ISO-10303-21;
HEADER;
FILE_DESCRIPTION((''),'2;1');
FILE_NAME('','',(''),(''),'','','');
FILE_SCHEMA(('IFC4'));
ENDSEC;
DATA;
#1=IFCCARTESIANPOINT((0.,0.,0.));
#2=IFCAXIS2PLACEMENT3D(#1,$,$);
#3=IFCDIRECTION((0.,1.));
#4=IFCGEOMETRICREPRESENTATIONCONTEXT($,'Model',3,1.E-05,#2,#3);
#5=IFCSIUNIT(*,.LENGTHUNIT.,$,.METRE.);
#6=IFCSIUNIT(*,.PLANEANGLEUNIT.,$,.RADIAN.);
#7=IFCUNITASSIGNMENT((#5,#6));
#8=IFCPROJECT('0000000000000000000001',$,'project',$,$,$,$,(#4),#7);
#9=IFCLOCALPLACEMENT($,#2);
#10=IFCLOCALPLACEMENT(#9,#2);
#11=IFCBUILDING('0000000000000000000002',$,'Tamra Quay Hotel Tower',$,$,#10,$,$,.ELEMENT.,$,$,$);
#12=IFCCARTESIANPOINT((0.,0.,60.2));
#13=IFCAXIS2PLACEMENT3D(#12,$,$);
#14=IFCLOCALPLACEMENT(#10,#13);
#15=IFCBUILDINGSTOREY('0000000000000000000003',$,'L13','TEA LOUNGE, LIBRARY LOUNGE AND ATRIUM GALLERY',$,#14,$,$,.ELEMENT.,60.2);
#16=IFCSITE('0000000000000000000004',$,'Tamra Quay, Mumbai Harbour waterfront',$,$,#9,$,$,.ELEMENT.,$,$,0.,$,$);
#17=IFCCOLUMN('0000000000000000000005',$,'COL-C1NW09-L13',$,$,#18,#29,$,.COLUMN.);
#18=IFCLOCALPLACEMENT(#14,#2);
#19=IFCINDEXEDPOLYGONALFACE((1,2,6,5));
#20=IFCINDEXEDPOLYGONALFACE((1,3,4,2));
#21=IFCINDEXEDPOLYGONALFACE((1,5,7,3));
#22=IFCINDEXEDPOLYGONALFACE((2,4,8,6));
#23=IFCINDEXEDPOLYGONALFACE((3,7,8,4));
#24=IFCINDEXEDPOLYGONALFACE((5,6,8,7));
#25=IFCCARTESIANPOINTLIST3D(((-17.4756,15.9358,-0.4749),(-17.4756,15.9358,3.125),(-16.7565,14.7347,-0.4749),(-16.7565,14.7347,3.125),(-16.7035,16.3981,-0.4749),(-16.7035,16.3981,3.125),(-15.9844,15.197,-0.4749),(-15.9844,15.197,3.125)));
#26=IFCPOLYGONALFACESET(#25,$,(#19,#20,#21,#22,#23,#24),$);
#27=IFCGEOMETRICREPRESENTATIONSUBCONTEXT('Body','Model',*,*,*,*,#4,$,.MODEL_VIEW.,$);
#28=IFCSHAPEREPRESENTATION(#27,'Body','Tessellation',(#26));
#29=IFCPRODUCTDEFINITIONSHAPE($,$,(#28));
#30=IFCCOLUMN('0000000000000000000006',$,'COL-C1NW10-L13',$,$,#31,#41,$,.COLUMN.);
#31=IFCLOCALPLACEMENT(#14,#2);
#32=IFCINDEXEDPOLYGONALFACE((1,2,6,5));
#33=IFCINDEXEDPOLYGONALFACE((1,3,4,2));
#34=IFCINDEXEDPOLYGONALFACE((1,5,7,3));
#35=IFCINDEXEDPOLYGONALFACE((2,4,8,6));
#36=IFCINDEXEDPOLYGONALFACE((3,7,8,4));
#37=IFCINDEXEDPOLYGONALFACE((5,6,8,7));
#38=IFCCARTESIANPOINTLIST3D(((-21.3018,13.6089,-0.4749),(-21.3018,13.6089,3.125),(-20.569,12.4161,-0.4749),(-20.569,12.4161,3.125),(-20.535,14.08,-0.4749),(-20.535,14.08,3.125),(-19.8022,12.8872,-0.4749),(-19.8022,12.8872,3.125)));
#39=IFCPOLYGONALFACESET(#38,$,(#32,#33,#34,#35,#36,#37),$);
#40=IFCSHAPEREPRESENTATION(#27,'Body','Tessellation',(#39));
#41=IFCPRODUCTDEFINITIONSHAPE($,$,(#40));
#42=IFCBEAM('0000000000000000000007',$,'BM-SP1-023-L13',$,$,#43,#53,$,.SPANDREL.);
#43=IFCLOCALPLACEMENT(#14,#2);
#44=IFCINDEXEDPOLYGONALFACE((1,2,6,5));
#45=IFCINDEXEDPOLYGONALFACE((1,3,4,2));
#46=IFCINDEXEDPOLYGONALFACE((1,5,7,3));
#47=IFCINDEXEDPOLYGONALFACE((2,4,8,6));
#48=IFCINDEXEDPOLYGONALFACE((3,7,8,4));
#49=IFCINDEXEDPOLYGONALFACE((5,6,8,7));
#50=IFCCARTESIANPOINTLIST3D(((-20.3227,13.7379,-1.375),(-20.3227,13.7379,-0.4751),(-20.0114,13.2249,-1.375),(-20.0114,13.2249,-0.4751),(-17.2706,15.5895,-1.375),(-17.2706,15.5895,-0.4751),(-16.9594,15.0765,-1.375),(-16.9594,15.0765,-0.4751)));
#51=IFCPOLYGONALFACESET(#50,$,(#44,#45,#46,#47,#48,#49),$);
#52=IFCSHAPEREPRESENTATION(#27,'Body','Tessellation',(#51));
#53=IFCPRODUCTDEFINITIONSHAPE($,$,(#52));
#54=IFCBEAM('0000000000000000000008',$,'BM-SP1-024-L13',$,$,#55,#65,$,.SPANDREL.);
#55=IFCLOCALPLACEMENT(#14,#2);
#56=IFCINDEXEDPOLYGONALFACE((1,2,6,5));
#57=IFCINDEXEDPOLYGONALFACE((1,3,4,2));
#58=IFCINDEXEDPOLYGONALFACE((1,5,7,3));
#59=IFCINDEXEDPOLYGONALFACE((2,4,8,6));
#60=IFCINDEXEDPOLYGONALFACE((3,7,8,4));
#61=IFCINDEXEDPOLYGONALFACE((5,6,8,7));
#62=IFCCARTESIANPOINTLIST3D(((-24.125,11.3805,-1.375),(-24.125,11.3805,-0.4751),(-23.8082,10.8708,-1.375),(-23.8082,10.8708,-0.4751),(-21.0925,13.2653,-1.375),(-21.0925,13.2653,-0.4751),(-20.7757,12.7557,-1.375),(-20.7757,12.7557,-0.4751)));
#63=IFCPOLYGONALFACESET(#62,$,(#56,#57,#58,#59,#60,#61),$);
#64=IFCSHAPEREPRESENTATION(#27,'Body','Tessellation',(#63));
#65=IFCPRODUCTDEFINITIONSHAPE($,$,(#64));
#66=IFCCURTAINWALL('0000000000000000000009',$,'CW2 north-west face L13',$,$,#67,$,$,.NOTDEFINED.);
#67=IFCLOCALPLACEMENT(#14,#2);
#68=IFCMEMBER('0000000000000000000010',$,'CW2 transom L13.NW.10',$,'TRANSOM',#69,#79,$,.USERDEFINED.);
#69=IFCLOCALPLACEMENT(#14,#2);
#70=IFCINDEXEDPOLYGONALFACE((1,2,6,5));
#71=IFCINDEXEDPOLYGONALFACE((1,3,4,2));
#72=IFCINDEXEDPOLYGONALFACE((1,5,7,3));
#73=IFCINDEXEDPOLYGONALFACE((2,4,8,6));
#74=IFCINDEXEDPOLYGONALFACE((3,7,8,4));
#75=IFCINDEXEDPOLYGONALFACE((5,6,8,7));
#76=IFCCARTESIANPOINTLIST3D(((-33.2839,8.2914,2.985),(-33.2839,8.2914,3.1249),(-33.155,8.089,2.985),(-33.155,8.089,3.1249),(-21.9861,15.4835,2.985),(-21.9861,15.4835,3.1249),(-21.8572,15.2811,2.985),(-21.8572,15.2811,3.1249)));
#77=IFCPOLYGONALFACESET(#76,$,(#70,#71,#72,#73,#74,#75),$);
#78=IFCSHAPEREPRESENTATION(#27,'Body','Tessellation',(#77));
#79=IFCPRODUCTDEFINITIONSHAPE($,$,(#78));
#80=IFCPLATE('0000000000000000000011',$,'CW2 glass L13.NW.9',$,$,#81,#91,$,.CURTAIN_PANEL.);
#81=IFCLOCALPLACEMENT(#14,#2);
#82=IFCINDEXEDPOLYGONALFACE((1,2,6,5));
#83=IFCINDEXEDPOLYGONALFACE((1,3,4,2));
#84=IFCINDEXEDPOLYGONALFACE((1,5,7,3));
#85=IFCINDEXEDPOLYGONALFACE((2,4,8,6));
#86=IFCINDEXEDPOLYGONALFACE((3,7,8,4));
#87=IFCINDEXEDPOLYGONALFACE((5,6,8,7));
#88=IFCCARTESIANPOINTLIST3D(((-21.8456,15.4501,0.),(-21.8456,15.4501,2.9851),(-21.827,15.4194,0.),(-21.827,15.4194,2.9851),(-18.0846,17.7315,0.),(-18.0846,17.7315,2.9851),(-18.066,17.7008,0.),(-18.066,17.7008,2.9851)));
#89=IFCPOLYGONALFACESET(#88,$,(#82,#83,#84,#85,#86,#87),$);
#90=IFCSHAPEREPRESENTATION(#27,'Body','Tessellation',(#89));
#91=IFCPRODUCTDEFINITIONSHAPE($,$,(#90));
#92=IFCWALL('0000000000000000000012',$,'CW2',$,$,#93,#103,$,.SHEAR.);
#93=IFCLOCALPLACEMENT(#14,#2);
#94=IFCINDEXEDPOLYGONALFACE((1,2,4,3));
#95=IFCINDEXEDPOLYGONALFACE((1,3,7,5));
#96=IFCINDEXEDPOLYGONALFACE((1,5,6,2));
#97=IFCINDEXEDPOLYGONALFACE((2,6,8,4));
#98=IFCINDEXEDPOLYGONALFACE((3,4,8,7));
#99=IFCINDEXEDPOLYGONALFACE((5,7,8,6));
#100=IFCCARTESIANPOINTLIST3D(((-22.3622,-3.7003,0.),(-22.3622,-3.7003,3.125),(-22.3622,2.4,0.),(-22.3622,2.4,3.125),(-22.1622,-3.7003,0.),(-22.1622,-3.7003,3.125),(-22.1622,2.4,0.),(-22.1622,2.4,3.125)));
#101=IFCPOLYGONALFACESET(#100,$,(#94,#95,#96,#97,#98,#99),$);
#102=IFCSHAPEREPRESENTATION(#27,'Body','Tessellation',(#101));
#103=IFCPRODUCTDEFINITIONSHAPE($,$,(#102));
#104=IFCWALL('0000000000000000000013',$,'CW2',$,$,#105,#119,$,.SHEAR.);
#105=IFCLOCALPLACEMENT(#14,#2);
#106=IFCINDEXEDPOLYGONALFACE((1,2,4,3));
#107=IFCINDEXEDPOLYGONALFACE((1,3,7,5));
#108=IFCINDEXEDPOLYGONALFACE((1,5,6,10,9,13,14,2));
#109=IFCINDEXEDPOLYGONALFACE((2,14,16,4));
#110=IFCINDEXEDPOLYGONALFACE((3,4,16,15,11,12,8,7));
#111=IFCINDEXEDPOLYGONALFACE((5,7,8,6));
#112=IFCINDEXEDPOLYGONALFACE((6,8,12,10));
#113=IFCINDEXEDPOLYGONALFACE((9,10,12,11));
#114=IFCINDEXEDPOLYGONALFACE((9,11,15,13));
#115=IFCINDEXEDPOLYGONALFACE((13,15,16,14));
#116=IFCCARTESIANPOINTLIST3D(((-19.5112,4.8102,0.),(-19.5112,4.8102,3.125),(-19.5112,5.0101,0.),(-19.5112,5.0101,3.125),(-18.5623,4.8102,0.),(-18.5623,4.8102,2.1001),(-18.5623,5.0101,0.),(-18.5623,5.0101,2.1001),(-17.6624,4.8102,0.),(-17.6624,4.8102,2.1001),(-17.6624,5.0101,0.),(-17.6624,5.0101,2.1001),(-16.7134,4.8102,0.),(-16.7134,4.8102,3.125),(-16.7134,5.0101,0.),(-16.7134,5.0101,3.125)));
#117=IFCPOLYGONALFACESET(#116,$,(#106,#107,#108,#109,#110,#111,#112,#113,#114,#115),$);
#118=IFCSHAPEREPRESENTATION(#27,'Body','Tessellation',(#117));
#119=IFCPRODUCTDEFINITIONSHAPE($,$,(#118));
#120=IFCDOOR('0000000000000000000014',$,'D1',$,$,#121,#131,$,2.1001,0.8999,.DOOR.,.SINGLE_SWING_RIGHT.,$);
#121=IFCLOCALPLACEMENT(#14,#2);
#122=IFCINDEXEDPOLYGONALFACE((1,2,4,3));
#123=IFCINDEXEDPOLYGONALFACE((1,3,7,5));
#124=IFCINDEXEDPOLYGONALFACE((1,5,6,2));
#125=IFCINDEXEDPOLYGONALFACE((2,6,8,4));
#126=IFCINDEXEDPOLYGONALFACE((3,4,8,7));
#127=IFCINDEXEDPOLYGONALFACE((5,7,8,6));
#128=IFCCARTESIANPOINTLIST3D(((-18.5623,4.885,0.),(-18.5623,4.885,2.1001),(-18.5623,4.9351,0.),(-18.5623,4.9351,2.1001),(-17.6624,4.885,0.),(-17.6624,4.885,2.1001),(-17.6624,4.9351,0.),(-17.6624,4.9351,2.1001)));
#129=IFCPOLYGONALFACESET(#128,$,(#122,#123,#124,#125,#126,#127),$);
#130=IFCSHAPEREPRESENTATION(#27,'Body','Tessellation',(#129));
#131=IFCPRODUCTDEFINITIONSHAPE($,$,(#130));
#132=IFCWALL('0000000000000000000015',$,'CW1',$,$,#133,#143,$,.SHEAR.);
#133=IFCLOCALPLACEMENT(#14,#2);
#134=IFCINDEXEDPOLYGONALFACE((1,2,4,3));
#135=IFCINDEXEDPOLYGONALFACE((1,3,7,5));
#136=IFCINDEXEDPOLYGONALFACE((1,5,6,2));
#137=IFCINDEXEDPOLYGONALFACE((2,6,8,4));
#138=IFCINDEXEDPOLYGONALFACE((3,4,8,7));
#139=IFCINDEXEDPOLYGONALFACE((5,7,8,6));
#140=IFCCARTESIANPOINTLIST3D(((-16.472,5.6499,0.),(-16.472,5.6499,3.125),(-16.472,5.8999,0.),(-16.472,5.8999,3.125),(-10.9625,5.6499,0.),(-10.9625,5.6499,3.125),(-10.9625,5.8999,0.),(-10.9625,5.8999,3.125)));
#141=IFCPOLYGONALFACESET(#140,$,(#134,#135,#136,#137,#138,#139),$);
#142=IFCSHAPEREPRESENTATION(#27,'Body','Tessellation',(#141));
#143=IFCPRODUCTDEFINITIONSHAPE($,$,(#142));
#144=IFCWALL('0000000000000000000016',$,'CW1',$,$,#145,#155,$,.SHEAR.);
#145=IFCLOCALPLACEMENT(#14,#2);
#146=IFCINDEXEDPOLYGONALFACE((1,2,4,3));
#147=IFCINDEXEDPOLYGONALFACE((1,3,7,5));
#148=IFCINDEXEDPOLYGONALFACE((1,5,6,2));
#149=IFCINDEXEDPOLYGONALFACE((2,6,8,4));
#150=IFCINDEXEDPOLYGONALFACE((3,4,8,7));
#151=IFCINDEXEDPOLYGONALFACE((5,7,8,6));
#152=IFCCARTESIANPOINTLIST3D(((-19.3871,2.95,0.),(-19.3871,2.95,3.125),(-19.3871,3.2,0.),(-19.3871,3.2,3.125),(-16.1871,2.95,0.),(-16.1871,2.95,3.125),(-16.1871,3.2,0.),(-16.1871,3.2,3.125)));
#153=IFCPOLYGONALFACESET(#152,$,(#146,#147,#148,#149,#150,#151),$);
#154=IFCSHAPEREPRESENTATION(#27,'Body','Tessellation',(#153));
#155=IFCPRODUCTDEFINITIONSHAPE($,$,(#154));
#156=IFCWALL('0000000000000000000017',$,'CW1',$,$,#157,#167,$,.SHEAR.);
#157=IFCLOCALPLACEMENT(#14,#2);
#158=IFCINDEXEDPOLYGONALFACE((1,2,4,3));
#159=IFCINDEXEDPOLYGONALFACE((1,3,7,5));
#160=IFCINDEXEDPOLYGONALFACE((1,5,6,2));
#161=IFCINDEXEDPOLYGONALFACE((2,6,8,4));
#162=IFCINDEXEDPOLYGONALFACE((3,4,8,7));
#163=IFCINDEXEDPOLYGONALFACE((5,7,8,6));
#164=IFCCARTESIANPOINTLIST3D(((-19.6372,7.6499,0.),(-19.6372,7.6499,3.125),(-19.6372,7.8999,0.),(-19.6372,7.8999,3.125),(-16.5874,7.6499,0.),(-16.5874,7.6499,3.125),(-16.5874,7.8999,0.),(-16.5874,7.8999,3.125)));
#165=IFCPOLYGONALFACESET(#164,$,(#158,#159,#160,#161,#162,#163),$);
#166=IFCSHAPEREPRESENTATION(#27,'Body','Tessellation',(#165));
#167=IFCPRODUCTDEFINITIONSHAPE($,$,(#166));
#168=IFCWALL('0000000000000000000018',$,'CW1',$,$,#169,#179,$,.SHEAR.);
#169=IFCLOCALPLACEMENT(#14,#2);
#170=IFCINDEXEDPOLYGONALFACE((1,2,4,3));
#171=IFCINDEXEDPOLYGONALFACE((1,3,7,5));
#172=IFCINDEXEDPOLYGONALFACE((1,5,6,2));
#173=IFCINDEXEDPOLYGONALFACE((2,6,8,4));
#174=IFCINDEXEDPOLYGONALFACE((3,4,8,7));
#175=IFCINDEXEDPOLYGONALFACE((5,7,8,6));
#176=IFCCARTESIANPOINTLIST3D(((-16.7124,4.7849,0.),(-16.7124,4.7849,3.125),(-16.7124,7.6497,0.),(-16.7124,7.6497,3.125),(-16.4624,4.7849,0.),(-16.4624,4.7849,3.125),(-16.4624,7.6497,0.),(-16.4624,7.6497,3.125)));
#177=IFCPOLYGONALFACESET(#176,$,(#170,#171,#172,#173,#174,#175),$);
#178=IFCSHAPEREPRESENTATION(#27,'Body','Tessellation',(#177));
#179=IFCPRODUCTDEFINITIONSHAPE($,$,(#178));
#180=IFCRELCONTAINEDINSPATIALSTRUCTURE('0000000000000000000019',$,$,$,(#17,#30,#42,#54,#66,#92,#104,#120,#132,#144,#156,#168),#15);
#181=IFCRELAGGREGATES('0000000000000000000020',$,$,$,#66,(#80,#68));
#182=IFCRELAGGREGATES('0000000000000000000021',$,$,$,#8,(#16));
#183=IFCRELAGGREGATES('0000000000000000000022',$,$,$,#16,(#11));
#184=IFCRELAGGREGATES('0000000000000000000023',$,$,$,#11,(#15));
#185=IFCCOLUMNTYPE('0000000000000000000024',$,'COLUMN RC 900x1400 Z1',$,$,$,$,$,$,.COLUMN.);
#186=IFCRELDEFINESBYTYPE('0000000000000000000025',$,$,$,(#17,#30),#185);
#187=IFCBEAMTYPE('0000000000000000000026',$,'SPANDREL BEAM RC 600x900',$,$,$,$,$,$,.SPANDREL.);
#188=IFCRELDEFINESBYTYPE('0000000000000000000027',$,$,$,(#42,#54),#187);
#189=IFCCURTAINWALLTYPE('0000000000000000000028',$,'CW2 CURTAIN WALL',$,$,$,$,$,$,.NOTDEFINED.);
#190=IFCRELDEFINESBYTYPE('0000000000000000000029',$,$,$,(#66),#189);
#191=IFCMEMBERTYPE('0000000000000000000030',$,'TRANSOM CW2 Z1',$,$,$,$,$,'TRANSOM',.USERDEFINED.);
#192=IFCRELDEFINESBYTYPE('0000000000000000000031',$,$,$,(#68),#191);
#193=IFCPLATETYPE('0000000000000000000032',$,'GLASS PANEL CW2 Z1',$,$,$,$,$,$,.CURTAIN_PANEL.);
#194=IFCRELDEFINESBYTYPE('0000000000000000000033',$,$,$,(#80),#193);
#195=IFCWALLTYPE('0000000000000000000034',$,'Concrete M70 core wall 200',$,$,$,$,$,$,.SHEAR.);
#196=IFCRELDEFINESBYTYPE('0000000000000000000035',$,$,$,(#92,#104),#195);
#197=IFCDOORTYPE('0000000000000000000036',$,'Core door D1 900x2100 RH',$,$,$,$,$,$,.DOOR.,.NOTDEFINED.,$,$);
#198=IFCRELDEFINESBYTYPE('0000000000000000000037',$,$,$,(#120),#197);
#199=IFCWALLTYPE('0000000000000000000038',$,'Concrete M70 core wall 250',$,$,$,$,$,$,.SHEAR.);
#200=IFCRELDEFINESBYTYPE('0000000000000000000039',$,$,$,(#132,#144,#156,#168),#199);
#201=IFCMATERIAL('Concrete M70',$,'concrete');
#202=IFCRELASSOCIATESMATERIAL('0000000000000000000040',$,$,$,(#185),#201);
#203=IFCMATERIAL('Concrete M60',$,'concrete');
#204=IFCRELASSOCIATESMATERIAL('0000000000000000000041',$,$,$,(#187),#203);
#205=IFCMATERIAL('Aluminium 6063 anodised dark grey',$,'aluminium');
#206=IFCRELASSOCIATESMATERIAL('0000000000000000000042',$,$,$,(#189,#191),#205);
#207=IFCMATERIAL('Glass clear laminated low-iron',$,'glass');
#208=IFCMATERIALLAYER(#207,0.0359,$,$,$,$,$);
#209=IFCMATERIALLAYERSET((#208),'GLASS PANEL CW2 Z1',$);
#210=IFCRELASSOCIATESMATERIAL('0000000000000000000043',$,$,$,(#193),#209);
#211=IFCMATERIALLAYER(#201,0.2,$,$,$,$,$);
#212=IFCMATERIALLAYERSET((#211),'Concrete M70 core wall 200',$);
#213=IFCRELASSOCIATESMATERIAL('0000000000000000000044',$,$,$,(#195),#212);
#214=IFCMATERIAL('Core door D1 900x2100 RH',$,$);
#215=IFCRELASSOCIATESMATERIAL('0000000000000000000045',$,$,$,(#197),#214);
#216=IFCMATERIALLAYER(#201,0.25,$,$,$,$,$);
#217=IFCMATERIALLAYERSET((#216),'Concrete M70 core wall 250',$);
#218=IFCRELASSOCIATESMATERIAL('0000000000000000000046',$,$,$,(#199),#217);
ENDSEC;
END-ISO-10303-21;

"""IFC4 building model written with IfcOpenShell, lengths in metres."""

from ifc_helpers import new_model, si_unit, direction, frame, frame_2d, origin, origin_2d, place, context, subcontext, project, spatial, rectangle, extrude, material, layer, layer_set, material_profile, profile_set, type_object, element, fill, aggregate, save


model = new_model("IFC4")

# Units and contexts
model_context = context("Model", 3, precision=1e-05, world=origin(), true_north=direction((0.0, 1.0)))
body_context = subcontext(model_context, "Body", "Model", "MODEL_VIEW")
ifc_project = project(units=[si_unit("LENGTHUNIT", "METRE"), si_unit("PLANEANGLEUNIT", "RADIAN")], contexts=[model_context])

# Site, building, storey
site_placement = place(None, origin())
site = spatial("IfcSite", under=ifc_project, at=site_placement, Name="Tamra Quay, Mumbai Harbour waterfront", CompositionType="ELEMENT", RefElevation=0.0)
building_placement = place(site_placement, origin())
building = spatial("IfcBuilding", under=site, at=building_placement, Name="Tamra Quay Hotel Tower", CompositionType="ELEMENT")
storey_placement = place(building_placement, frame((0.0, 0.0, 60.2)))
storey = spatial("IfcBuildingStorey", under=building, at=storey_placement, Name="L13", Description="TEA LOUNGE, LIBRARY LOUNGE AND ATRIUM GALLERY", CompositionType="ELEMENT", Elevation=60.2)

# Columns
ifc_material_1 = material(Name="Concrete M70", Category="concrete")
ifc_material_profile_1 = material_profile(ifc_material_1, rectangle(XDim=1.3999, YDim=0.8999, at=origin_2d()), Name="COLUMN RC 900x1400 Z1")
ifc_profile_set_1 = profile_set([ifc_material_profile_1], Name="Concrete M70")
column_type = type_object("IfcColumnType", Name="COLUMN RC 900x1400 Z1", PredefinedType="COLUMN", material=ifc_profile_set_1)
for number, where, z_axis, x_axis, name in (
    (1, (-16.73, 15.5664, -0.4749), (0.0, 0.0, 1.0), (-0.513654, 0.857998, 0.0), "COL-C1NW09-L13"),
    (2, (-20.552, 13.248, -0.4749), (0.0, 0.0, 1.0), (-0.52343, 0.852069, 0.0), "COL-C1NW10-L13"),
):
    element("IfcColumn", number, at=place(storey_placement, frame(where, z_axis=z_axis, x_axis=x_axis)), inside=storey, type_object=column_type, Name=name, PredefinedType="COLUMN", context=body_context, shape_type="SweptSolid", body=[
        extrude(rectangle(XDim=1.3999, YDim=0.8999, at=origin_2d()), origin(), (0.0, 0.0, 1.0), 3.5999),
    ])

# Beams
ifc_material_2 = material(Name="Concrete M60", Category="concrete")
ifc_material_profile_2 = material_profile(ifc_material_2, rectangle(XDim=0.6001, YDim=0.8999, at=origin_2d()), Name="SPANDREL BEAM RC 600x900")
ifc_profile_set_2 = profile_set([ifc_material_profile_2], Name="Concrete M60")
beam_type = type_object("IfcBeamType", Name="SPANDREL BEAM RC 600x900", PredefinedType="SPANDREL", material=ifc_profile_set_2)
beam_1_placement = place(storey_placement, frame((-17.115, 15.333, -0.925), z_axis=(-0.854966, -0.518684, 0.0), x_axis=(0.518684, -0.854966, 0.0)))
element("IfcBeam", 3, at=beam_1_placement, inside=storey, type_object=beam_type, Name="BM-SP1-023-L13", PredefinedType="SPANDREL", context=body_context, shape_type="SweptSolid", body=[
    extrude(rectangle(XDim=0.6001, YDim=0.8999, at=origin_2d()), origin(), (0.0, 0.0, 1.0), 3.5698),
])
beam_2_placement = place(storey_placement, frame((-20.9341, 13.0105, -0.925), z_axis=(-0.849321, -0.527877, 0.0), x_axis=(0.527877, -0.849321, 0.0)))
element("IfcBeam", 4, at=beam_2_placement, inside=storey, type_object=beam_type, Name="BM-SP1-024-L13", PredefinedType="SPANDREL", context=body_context, shape_type="SweptSolid", body=[
    extrude(rectangle(XDim=0.6001, YDim=0.8999, at=origin_2d()), origin(), (0.0, 0.0, 1.0), 3.5706),
])

# Curtain wall, member, plate
ifc_material_3 = material(Name="Aluminium 6063 anodised dark grey", Category="aluminium")
curtain_wall_type = type_object("IfcCurtainWallType", Name="CW2 CURTAIN WALL", PredefinedType="NOTDEFINED", material=ifc_material_3)
curtain_wall_placement = place(storey_placement, origin())
curtain_wall = element("IfcCurtainWall", 5, at=curtain_wall_placement, inside=storey, type_object=curtain_wall_type, Name="CW2 north-west face L13", PredefinedType="NOTDEFINED")
ifc_material_profile_3 = material_profile(ifc_material_3, rectangle(XDim=0.24, YDim=0.1399, at=origin_2d()), Name="TRANSOM 240X140")
ifc_profile_set_3 = profile_set([ifc_material_profile_3], Name="Aluminium 6063 anodised dark grey")
member_type = type_object("IfcMemberType", Name="TRANSOM CW2 Z1", ElementType="TRANSOM", PredefinedType="USERDEFINED", material=ifc_profile_set_3)
member_placement = place(storey_placement, frame((-21.9216, 15.3823, 3.0549), z_axis=(-0.843574, -0.537013, 0.0), x_axis=(0.537013, -0.843574, 0.0)))
member = element("IfcMember", 6, at=member_placement, type_object=member_type, Name="CW2 transom L13.NW.10", ObjectType="TRANSOM", PredefinedType="USERDEFINED", context=body_context, shape_type="SweptSolid", body=[
    extrude(rectangle(XDim=0.24, YDim=0.1399, at=origin_2d()), origin(), (0.0, 0.0, 1.0), 13.3928),
])
ifc_material_4 = material(Name="Glass clear laminated low-iron", Category="glass")
ifc_layer_1 = layer(ifc_material_4, 0.0359)
ifc_layer_set_1 = layer_set([ifc_layer_1], Name="GLASS PANEL CW2 Z1")
plate_type = type_object("IfcPlateType", Name="GLASS PANEL CW2 Z1", PredefinedType="CURTAIN_PANEL", material=ifc_layer_set_1)
plate_placement = place(storey_placement, frame((-19.9558, 16.5754, 0.0), z_axis=(0.0, 0.0, 1.0), x_axis=(-0.854994, -0.518639, 0.0)))
plate = element("IfcPlate", 7, at=plate_placement, type_object=plate_type, Name="CW2 glass L13.NW.9", PredefinedType="CURTAIN_PANEL", context=body_context, shape_type="SweptSolid", body=[
    extrude(rectangle(XDim=4.3989, YDim=0.0359, at=origin_2d()), origin(), (0.0, 0.0, 1.0), 2.9851),
])
aggregate(curtain_wall, [plate, member])

# Wall
ifc_layer_2 = layer(ifc_material_1, 0.2)
ifc_layer_set_2 = layer_set([ifc_layer_2], Name="Concrete M70 core wall 200")
wall_type_1 = type_object("IfcWallType", Name="Concrete M70 core wall 200", PredefinedType="SHEAR", material=ifc_layer_set_2)
wall_1_placement = place(storey_placement, frame((-22.2622, 2.4001, 0.0), z_axis=(0.0, 0.0, 1.0), x_axis=(0.0, -1.0, 0.0)))
element("IfcWall", 8, at=wall_1_placement, inside=storey, type_object=wall_type_1, Name="CW2", PredefinedType="SHEAR", context=body_context, shape_type="SweptSolid", body=[
    extrude(rectangle(XDim=6.1003, YDim=0.2, at=frame_2d((3.0503, 0.0))), origin(), (0.0, 0.0, 1.0), 3.125),
])

# Wall, opening, door
wall_2_placement = place(storey_placement, frame((-19.5112, 4.9102, 0.0), z_axis=(0.0, 0.0, 1.0), x_axis=(1.0, 0.0, 0.0)))
wall_2 = element("IfcWall", 9, at=wall_2_placement, inside=storey, type_object=wall_type_1, Name="CW2", PredefinedType="SHEAR", context=body_context, shape_type="SweptSolid", body=[
    extrude(rectangle(XDim=2.7979, YDim=0.2, at=frame_2d((1.3989, 0.0))), origin(), (0.0, 0.0, 1.0), 3.125),
])
opening_1_placement = place(wall_2_placement, frame((0.949, 0.0, 0.0)))
opening_1 = element("IfcOpeningElement", 10, at=opening_1_placement, cuts=wall_2, PredefinedType="OPENING", context=body_context, shape_type="SweptSolid", body=[
    extrude(rectangle(XDim=0.8999, YDim=2.1001, at=frame_2d((0.45, 1.05))), frame((0.0, 0.1099, 0.0), z_axis=(0.0, -1.0, 0.0), x_axis=(1.0, 0.0, 0.0)), (0.0, 0.0, 1.0), 0.22),
])
ifc_material_5 = material(Name="Core door D1 900x2100 RH")
door_type_1 = type_object("IfcDoorType", Name="Core door D1 900x2100 RH", OperationType="NOTDEFINED", PredefinedType="DOOR", material=ifc_material_5)
door_1_placement = place(opening_1_placement, origin())
door_1 = element("IfcDoor", 11, at=door_1_placement, inside=storey, type_object=door_type_1, Name="D1", OperationType="SINGLE_SWING_RIGHT", OverallHeight=2.1001, OverallWidth=0.8999, PredefinedType="DOOR", context=body_context, shape_type="SweptSolid", body=[
    extrude(rectangle(XDim=0.8999, YDim=2.1001, at=frame_2d((0.45, 1.05))), frame((0.0, 0.0249, 0.0), z_axis=(0.0, -1.0, 0.0), x_axis=(1.0, 0.0, 0.0)), (0.0, 0.0, 1.0), 0.05),
])
fill(opening_1, door_1)

# Walls
ifc_layer_3 = layer(ifc_material_1, 0.25)
ifc_layer_set_3 = layer_set([ifc_layer_3], Name="Concrete M70 core wall 250")
wall_type_2 = type_object("IfcWallType", Name="Concrete M70 core wall 250", PredefinedType="SHEAR", material=ifc_layer_set_3)
wall_3_placement = place(storey_placement, frame((-16.4722, 5.7749, 0.0), z_axis=(0.0, 0.0, 1.0), x_axis=(1.0, 0.0, 0.0)))
element("IfcWall", 12, at=wall_3_placement, inside=storey, type_object=wall_type_2, Name="CW1", PredefinedType="SHEAR", context=body_context, shape_type="SweptSolid", body=[
    extrude(rectangle(XDim=5.5095, YDim=0.25, at=frame_2d((2.7549, 0.0))), origin(), (0.0, 0.0, 1.0), 3.125),
])
wall_4_placement = place(storey_placement, frame((-19.3872, 3.075, 0.0), z_axis=(0.0, 0.0, 1.0), x_axis=(1.0, 0.0, 0.0)))
element("IfcWall", 13, at=wall_4_placement, inside=storey, type_object=wall_type_2, Name="CW1", PredefinedType="SHEAR", context=body_context, shape_type="SweptSolid", body=[
    extrude(rectangle(XDim=3.2, YDim=0.25, at=frame_2d((1.6001, 0.0))), origin(), (0.0, 0.0, 1.0), 3.125),
])
wall_5_placement = place(storey_placement, frame((-19.6372, 7.7749, 0.0), z_axis=(0.0, 0.0, 1.0), x_axis=(1.0, 0.0, 0.0)))
element("IfcWall", 14, at=wall_5_placement, inside=storey, type_object=wall_type_2, Name="CW1", PredefinedType="SHEAR", context=body_context, shape_type="SweptSolid", body=[
    extrude(rectangle(XDim=3.0498, YDim=0.25, at=frame_2d((1.5249, 0.0))), origin(), (0.0, 0.0, 1.0), 3.125),
])
for number, where, z_axis, x_axis, name in (
    (15, (-16.5874, 7.6497, 0.0), (0.0, 0.0, 1.0), (0.0, -1.0, 0.0), "CW1"),
):
    element("IfcWall", number, at=place(storey_placement, frame(where, z_axis=z_axis, x_axis=x_axis)), inside=storey, type_object=wall_type_2, Name=name, PredefinedType="SHEAR", context=body_context, shape_type="SweptSolid", body=[
        extrude(rectangle(XDim=2.8647, YDim=0.25, at=frame_2d((1.4324, 0.0))), origin(), (0.0, 0.0, 1.0), 3.125),
    ])

save(model, "model.ifc")
